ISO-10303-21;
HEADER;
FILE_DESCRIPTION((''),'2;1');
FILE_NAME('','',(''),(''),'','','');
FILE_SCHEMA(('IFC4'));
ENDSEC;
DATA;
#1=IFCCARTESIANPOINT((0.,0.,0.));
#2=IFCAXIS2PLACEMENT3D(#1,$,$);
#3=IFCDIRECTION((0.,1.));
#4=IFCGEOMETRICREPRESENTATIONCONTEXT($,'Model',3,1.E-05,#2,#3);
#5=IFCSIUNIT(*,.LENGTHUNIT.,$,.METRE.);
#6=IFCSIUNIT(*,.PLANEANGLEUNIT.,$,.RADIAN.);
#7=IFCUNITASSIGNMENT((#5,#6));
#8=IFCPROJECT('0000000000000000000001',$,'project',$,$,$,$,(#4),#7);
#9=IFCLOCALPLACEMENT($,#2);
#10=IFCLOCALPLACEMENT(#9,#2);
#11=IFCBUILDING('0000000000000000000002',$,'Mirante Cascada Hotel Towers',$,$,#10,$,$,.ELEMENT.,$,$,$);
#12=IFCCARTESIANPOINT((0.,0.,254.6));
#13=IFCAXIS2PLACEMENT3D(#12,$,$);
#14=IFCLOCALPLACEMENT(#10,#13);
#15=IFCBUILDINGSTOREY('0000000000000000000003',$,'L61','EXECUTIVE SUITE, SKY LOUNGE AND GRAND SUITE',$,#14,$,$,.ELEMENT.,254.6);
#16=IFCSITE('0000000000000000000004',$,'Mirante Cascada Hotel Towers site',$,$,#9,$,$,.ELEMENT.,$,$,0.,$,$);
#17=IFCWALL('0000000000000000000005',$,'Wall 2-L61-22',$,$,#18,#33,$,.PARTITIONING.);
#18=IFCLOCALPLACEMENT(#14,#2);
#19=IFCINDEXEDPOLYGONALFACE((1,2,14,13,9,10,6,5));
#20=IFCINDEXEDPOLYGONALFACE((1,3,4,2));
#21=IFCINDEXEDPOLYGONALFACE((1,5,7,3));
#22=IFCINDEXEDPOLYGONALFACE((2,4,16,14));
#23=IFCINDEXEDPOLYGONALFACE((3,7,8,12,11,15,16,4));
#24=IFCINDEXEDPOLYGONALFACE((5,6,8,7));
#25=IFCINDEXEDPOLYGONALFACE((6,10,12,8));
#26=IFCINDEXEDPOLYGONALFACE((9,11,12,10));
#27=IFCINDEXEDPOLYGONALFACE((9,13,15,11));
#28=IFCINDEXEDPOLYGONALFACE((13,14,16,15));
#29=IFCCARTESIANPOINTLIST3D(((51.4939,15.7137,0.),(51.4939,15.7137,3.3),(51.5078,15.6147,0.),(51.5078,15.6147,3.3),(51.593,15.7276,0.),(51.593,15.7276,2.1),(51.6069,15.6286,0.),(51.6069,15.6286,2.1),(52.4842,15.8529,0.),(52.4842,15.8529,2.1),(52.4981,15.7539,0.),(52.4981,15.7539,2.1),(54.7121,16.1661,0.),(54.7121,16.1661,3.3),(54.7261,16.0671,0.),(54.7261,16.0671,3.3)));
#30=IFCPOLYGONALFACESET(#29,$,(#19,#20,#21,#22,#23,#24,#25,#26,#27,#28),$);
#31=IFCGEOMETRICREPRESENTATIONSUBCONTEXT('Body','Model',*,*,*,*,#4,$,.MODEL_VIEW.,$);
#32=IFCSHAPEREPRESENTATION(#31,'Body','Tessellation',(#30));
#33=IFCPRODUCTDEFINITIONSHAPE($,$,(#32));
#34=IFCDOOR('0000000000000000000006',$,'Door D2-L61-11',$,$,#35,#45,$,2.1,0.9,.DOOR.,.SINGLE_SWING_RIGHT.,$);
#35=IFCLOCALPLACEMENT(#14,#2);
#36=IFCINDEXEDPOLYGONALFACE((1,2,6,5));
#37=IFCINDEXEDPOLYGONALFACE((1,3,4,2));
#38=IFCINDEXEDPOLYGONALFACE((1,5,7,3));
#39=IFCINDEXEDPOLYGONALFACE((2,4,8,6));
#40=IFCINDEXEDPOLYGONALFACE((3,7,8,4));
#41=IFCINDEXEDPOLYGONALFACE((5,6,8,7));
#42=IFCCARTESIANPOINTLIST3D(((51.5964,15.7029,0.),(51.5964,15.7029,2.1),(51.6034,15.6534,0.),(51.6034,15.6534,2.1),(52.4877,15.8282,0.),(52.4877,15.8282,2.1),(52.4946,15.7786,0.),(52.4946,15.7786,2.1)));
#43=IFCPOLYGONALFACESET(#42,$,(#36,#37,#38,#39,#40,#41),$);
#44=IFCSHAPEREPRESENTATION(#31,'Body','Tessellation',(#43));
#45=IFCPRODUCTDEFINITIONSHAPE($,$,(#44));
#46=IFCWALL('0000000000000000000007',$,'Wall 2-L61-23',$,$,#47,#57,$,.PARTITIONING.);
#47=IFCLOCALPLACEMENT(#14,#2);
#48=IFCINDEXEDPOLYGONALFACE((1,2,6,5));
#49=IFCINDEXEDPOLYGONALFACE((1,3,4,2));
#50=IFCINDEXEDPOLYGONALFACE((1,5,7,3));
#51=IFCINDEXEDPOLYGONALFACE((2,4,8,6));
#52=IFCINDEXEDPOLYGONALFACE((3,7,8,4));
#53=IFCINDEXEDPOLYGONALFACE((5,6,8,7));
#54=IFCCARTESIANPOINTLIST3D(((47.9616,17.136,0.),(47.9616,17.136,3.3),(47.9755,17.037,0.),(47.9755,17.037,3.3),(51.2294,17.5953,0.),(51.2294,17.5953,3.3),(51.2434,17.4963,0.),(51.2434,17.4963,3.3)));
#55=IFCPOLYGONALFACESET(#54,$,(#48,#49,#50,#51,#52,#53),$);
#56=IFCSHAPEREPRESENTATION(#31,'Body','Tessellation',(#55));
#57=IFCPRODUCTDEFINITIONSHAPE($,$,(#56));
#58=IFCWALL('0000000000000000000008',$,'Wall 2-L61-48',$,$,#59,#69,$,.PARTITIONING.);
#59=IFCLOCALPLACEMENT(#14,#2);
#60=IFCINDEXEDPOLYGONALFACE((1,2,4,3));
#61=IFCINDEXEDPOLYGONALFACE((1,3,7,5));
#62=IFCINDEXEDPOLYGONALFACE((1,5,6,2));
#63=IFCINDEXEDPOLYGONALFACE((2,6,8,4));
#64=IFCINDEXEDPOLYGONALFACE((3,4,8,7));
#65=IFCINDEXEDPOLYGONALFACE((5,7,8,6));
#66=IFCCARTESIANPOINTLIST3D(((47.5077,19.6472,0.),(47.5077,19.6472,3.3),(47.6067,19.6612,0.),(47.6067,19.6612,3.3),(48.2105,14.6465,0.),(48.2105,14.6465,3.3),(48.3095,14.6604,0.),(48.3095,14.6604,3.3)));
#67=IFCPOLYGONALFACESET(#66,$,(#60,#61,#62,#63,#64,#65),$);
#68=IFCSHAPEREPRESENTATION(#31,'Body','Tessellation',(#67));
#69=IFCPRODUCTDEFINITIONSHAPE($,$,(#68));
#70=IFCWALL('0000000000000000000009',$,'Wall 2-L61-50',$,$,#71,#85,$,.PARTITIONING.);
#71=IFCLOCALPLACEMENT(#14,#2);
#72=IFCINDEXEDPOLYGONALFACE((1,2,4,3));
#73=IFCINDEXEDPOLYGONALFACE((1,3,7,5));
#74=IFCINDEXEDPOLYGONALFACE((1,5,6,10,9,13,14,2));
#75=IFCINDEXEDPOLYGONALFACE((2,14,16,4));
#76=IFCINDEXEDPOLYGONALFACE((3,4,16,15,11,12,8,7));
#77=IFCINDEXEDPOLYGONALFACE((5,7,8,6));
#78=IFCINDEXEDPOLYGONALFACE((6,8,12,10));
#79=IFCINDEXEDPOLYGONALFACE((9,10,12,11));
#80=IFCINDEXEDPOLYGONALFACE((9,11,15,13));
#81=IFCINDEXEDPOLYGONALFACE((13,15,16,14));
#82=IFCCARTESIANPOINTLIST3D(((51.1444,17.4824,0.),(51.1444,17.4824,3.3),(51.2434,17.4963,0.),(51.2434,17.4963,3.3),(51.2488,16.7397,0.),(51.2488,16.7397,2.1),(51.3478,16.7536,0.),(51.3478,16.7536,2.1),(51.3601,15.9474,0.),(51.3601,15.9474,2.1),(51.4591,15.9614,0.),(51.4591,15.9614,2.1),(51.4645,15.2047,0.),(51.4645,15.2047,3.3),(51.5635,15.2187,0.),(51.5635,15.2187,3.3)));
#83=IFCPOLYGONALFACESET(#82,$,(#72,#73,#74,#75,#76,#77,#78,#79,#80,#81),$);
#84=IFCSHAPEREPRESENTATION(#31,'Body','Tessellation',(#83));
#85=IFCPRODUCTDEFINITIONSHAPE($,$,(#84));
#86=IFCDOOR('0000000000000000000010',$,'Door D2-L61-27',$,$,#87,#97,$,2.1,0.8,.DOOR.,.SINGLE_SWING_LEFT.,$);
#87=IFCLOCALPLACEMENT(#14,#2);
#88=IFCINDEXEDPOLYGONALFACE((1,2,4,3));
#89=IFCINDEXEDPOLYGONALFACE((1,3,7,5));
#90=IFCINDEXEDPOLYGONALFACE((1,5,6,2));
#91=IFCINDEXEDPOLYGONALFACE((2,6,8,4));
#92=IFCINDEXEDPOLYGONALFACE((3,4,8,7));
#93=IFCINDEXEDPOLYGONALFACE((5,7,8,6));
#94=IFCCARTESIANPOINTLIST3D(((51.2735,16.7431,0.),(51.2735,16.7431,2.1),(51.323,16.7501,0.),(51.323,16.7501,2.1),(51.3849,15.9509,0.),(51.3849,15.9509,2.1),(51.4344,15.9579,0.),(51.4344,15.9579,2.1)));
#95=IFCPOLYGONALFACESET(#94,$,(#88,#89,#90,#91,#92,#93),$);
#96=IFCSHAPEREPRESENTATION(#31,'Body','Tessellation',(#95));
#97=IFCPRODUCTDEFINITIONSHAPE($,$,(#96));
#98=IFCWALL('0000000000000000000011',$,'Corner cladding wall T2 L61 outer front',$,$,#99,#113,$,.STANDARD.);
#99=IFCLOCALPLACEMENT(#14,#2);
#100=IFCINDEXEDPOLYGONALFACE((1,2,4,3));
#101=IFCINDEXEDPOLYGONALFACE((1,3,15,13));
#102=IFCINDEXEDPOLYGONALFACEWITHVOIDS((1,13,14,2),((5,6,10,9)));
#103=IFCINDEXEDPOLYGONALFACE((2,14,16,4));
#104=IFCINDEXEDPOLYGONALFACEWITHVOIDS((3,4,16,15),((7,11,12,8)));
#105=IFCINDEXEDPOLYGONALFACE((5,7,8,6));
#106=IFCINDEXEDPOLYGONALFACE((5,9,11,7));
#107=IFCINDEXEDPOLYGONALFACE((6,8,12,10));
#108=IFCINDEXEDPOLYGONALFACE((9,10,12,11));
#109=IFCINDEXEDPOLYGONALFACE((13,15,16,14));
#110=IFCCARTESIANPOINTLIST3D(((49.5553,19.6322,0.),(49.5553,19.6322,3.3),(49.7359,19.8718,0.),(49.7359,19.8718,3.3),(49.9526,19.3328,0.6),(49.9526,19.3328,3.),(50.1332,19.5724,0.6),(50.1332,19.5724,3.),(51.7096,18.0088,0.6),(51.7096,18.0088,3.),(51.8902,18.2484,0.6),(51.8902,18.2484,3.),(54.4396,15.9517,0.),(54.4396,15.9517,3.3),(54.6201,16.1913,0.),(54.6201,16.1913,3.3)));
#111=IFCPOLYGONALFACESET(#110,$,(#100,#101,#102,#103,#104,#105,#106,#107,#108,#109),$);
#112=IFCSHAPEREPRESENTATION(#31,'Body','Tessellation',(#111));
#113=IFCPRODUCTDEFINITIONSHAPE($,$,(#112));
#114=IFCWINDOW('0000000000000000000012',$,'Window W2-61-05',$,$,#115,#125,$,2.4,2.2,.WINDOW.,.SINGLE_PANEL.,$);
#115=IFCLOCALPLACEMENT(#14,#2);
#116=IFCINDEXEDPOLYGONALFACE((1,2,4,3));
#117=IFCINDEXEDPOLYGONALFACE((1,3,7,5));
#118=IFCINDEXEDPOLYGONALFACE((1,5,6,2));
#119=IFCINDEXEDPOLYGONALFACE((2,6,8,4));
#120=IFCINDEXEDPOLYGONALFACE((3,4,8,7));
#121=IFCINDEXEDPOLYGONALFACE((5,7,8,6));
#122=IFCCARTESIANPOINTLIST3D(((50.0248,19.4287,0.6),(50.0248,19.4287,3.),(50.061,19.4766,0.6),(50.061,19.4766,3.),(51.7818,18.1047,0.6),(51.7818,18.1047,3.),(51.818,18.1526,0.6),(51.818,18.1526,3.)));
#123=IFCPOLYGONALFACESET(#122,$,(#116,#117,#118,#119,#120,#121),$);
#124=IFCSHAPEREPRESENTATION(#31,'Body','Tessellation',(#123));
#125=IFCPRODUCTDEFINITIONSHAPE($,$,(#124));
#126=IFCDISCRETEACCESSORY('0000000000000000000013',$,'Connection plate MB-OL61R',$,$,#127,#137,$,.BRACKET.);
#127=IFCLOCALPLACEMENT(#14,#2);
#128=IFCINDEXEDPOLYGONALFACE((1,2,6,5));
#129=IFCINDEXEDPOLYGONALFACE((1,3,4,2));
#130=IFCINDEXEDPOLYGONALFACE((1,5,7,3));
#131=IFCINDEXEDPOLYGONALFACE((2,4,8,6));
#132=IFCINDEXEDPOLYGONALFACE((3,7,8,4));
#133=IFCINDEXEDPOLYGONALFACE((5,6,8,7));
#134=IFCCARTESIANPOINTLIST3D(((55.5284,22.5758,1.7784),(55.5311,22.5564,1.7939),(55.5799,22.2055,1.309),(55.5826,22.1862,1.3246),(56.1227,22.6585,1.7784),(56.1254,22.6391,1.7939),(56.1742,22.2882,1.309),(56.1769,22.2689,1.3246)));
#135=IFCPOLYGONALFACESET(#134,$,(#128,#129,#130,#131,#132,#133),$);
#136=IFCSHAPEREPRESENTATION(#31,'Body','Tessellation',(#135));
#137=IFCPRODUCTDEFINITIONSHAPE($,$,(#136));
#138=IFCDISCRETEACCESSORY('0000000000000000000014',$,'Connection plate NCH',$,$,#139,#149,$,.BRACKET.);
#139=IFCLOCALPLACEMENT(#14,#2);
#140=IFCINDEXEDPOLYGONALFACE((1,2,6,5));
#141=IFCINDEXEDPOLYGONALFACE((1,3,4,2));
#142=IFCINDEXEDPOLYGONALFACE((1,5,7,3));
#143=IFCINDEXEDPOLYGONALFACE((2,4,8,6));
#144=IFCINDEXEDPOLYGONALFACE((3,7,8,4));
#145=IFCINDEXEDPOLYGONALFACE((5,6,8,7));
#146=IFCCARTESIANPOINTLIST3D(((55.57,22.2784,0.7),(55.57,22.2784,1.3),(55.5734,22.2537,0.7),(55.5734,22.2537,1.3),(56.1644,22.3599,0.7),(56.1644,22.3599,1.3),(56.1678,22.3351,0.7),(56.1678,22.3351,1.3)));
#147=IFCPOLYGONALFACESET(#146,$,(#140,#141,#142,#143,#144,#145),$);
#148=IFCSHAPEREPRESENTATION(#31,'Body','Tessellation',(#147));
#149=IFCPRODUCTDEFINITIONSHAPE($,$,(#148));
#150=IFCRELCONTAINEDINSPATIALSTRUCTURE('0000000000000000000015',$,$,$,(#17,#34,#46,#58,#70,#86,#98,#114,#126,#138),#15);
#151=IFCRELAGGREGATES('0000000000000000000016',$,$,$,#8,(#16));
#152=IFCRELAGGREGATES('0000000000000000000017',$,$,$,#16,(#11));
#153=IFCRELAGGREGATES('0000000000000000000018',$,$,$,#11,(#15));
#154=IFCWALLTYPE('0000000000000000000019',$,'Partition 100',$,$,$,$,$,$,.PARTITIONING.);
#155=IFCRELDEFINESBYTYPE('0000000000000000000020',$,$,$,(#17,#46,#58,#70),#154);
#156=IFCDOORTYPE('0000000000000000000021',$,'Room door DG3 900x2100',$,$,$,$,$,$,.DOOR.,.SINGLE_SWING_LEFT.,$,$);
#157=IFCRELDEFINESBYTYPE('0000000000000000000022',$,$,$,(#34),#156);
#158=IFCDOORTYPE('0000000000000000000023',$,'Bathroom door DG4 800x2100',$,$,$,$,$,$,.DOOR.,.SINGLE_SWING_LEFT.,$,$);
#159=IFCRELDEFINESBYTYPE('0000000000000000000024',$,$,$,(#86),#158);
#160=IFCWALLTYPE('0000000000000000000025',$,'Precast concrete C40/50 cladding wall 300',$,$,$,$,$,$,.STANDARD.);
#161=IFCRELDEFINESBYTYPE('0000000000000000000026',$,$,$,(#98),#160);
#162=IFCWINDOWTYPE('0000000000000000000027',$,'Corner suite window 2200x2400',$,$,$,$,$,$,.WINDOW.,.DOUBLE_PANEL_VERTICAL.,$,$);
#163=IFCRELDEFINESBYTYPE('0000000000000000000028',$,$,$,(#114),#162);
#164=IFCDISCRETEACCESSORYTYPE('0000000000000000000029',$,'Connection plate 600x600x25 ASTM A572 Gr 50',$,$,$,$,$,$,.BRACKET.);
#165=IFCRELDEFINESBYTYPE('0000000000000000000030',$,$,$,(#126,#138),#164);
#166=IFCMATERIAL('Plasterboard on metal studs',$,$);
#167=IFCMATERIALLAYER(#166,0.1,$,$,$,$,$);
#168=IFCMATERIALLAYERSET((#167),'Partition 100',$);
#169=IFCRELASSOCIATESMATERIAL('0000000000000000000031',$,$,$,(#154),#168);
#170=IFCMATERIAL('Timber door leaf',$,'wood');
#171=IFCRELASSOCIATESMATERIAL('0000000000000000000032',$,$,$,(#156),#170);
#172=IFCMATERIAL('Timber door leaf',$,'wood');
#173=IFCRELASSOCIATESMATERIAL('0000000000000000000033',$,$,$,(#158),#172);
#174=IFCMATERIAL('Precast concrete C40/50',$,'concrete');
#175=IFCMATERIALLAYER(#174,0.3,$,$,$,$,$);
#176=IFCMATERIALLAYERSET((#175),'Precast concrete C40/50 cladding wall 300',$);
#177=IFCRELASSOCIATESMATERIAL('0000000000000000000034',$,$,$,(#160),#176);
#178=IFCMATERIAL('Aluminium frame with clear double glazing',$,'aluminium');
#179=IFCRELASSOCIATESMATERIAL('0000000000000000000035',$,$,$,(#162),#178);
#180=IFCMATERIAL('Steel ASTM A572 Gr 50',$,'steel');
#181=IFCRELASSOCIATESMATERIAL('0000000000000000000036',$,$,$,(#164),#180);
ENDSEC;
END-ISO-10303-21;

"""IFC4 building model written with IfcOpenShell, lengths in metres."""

from ifc_helpers import new_model, si_unit, direction, frame, frame_2d, origin, origin_2d, place, context, subcontext, project, spatial, rectangle, extrude, material, layer, layer_set, material_profile, profile_set, type_object, element, fill, save


model = new_model("IFC4")

# Units and contexts
model_context = context("Model", 3, precision=1e-05, world=origin(), true_north=direction((0.0, 1.0)))
body_context = subcontext(model_context, "Body", "Model", "MODEL_VIEW")
ifc_project = project(units=[si_unit("LENGTHUNIT", "METRE"), si_unit("PLANEANGLEUNIT", "RADIAN")], contexts=[model_context])

# Site, building, storey
site_placement = place(None, origin())
site = spatial("IfcSite", under=ifc_project, at=site_placement, Name="Mirante Cascada Hotel Towers site", CompositionType="ELEMENT", RefElevation=0.0)
building_placement = place(site_placement, origin())
building = spatial("IfcBuilding", under=site, at=building_placement, Name="Mirante Cascada Hotel Towers", CompositionType="ELEMENT")
storey_placement = place(building_placement, frame((0.0, 0.0, 254.6)))
storey = spatial("IfcBuildingStorey", under=building, at=storey_placement, Name="L61", Description="EXECUTIVE SUITE, SKY LOUNGE AND GRAND SUITE", CompositionType="ELEMENT", Elevation=254.6)

# Shared definitions
ifc_material_1 = material(Name="Plasterboard on metal studs")
ifc_layer_1 = layer(ifc_material_1, 0.1)
ifc_layer_set_1 = layer_set([ifc_layer_1], Name="Partition 100")
wall_type_1 = type_object("IfcWallType", Name="Partition 100", PredefinedType="PARTITIONING", material=ifc_layer_set_1)

# Wall, opening, door
wall_1_placement = place(storey_placement, frame((51.5009, 15.6642, 0.0), z_axis=(0.0, 0.0, 1.0), x_axis=(0.990264, 0.139203, 0.0)))
wall_1 = element("IfcWall", 1, at=wall_1_placement, inside=storey, type_object=wall_type_1, Name="Wall 2-L61-22", PredefinedType="PARTITIONING", context=body_context, shape_type="SweptSolid", body=[
    extrude(rectangle(XDim=3.2499, YDim=0.1, at=frame_2d((1.6249, 0.0))), origin(), (0.0, 0.0, 1.0), 3.3),
])
opening_1_placement = place(wall_1_placement, frame((0.1, 0.0, 0.0)))
opening_1 = element("IfcOpeningElement", 2, at=opening_1_placement, cuts=wall_1, PredefinedType="OPENING", context=body_context, shape_type="SweptSolid", body=[
    extrude(rectangle(XDim=0.9, YDim=2.1, at=frame_2d((0.45, 1.05))), frame((0.0, 0.05, 0.0), z_axis=(0.0, -1.0, 0.0), x_axis=(1.0, 0.0, 0.0)), (0.0, 0.0, 1.0), 0.1),
])
ifc_material_2 = material(Name="Timber door leaf", Category="wood")
door_type_1 = type_object("IfcDoorType", Name="Room door DG3 900x2100", OperationType="SINGLE_SWING_LEFT", PredefinedType="DOOR", material=ifc_material_2)
door_1_placement = place(opening_1_placement, frame((0.9, 0.0, 0.0), z_axis=(0.0, 0.0, 1.0), x_axis=(-1.0, 0.0, 0.0)))
door_1 = element("IfcDoor", 3, at=door_1_placement, inside=storey, type_object=door_type_1, Name="Door D2-L61-11", OperationType="SINGLE_SWING_RIGHT", OverallHeight=2.1, OverallWidth=0.9, PredefinedType="DOOR", context=body_context, shape_type="SweptSolid", body=[
    extrude(rectangle(XDim=0.9, YDim=2.1, at=frame_2d((0.45, 1.05))), frame((0.0, 0.025, 0.0), z_axis=(0.0, -1.0, 0.0), x_axis=(1.0, 0.0, 0.0)), (0.0, 0.0, 1.0), 0.05),
])
fill(opening_1, door_1)

# Walls
wall_2_placement = place(storey_placement, frame((51.2364, 17.5458, 0.0), z_axis=(0.0, 0.0, 1.0), x_axis=(-0.990267, -0.139181, 0.0)))
element("IfcWall", 4, at=wall_2_placement, inside=storey, type_object=wall_type_1, Name="Wall 2-L61-23", PredefinedType="PARTITIONING", context=body_context, shape_type="SweptSolid", body=[
    extrude(rectangle(XDim=3.3, YDim=0.1, at=frame_2d((1.65, 0.0))), origin(), (0.0, 0.0, 1.0), 3.3),
])
wall_3_placement = place(storey_placement, frame((48.26, 14.6534, 0.0), z_axis=(0.0, 0.0, 1.0), x_axis=(-0.13917, 0.990268, 0.0)))
element("IfcWall", 5, at=wall_3_placement, inside=storey, type_object=wall_type_1, Name="Wall 2-L61-48", PredefinedType="PARTITIONING", context=body_context, shape_type="SweptSolid", body=[
    extrude(rectangle(XDim=5.0499, YDim=0.1, at=frame_2d((2.525, 0.0))), origin(), (0.0, 0.0, 1.0), 3.3),
])

# Wall, opening, door
wall_4_placement = place(storey_placement, frame((51.514, 15.2117, 0.0), z_axis=(0.0, 0.0, 1.0), x_axis=(-0.139175, 0.990268, 0.0)))
wall_4 = element("IfcWall", 6, at=wall_4_placement, inside=storey, type_object=wall_type_1, Name="Wall 2-L61-50", PredefinedType="PARTITIONING", context=body_context, shape_type="SweptSolid", body=[
    extrude(rectangle(XDim=2.3, YDim=0.1, at=frame_2d((1.15, 0.0))), origin(), (0.0, 0.0, 1.0), 3.3),
])
opening_2_placement = place(wall_4_placement, frame((0.75, 0.0, 0.0)))
opening_2 = element("IfcOpeningElement", 7, at=opening_2_placement, cuts=wall_4, PredefinedType="OPENING", context=body_context, shape_type="SweptSolid", body=[
    extrude(rectangle(XDim=0.8, YDim=2.1, at=frame_2d((0.4, 1.05))), frame((0.0, 0.05, 0.0), z_axis=(0.0, -1.0, 0.0), x_axis=(1.0, 0.0, 0.0)), (0.0, 0.0, 1.0), 0.1),
])
ifc_material_3 = material(Name="Timber door leaf", Category="wood")
door_type_2 = type_object("IfcDoorType", Name="Bathroom door DG4 800x2100", OperationType="SINGLE_SWING_LEFT", PredefinedType="DOOR", material=ifc_material_3)
door_2_placement = place(opening_2_placement, origin())
door_2 = element("IfcDoor", 8, at=door_2_placement, inside=storey, type_object=door_type_2, Name="Door D2-L61-27", OperationType="SINGLE_SWING_LEFT", OverallHeight=2.1, OverallWidth=0.8, PredefinedType="DOOR", context=body_context, shape_type="SweptSolid", body=[
    extrude(rectangle(XDim=0.8, YDim=2.1, at=frame_2d((0.4, 1.05))), frame((0.0, 0.025, 0.0), z_axis=(0.0, -1.0, 0.0), x_axis=(1.0, 0.0, 0.0)), (0.0, 0.0, 1.0), 0.05),
])
fill(opening_2, door_2)

# Wall, opening, window
ifc_material_4 = material(Name="Precast concrete C40/50", Category="concrete")
ifc_layer_2 = layer(ifc_material_4, 0.3)
ifc_layer_set_2 = layer_set([ifc_layer_2], Name="Precast concrete C40/50 cladding wall 300")
wall_type_2 = type_object("IfcWallType", Name="Precast concrete C40/50 cladding wall 300", PredefinedType="STANDARD", material=ifc_layer_set_2)
wall_5_placement = place(storey_placement, frame((54.5298, 16.0715, 0.0), z_axis=(0.0, 0.0, 1.0), x_axis=(-0.798636, 0.601814, 0.0)))
wall_5 = element("IfcWall", 9, at=wall_5_placement, inside=storey, type_object=wall_type_2, Name="Corner cladding wall T2 L61 outer front", PredefinedType="STANDARD", context=body_context, shape_type="SweptSolid", body=[
    extrude(rectangle(XDim=6.1157, YDim=0.3, at=frame_2d((3.0578, 0.0))), origin(), (0.0, 0.0, 1.0), 3.3),
])
opening_3_placement = place(wall_5_placement, frame((3.4182, 0.0, 0.6)))
opening_3 = element("IfcOpeningElement", 10, at=opening_3_placement, cuts=wall_5, PredefinedType="OPENING", context=body_context, shape_type="SweptSolid", body=[
    extrude(rectangle(XDim=2.2, YDim=2.4, at=frame_2d((1.1, 1.2))), frame((0.0, 0.15, 0.0), z_axis=(0.0, -1.0, 0.0), x_axis=(1.0, 0.0, 0.0)), (0.0, 0.0, 1.0), 0.3),
])
ifc_material_5 = material(Name="Aluminium frame with clear double glazing", Category="aluminium")
window_type = type_object("IfcWindowType", Name="Corner suite window 2200x2400", PartitioningType="DOUBLE_PANEL_VERTICAL", PredefinedType="WINDOW", material=ifc_material_5)
window_placement = place(opening_3_placement, origin())
window = element("IfcWindow", 11, at=window_placement, inside=storey, type_object=window_type, Name="Window W2-61-05", OverallHeight=2.4, OverallWidth=2.2, PartitioningType="SINGLE_PANEL", PredefinedType="WINDOW", context=body_context, shape_type="SweptSolid", body=[
    extrude(rectangle(XDim=2.2, YDim=2.4, at=frame_2d((1.1, 1.2))), frame((0.0, 0.03, 0.0), z_axis=(0.0, -1.0, 0.0), x_axis=(1.0, 0.0, 0.0)), (0.0, 0.0, 1.0), 0.06),
])
fill(opening_3, window)

# Discrete accessories
ifc_material_6 = material(Name="Steel ASTM A572 Gr 50", Category="steel")
ifc_material_profile_1 = material_profile(ifc_material_6, rectangle(XDim=0.6, YDim=0.6, at=origin_2d()), Name="Connection plate 600x600x25 ASTM A572 Gr 50")
ifc_profile_set_1 = profile_set([ifc_material_profile_1], Name="Steel ASTM A572 Gr 50")
discrete_accessory_type = type_object("IfcDiscreteAccessoryType", Name="Connection plate 600x600x25 ASTM A572 Gr 50", PredefinedType="BRACKET", material=ifc_profile_set_1)
for number, where, z_axis, x_axis, name in (
    (12, (55.8513, 22.432, 1.5437), (0.107827, -0.774755, 0.622999), (0.990454, 0.137847, 0.0), "Connection plate MB-OL61R"),
    (13, (55.8706, 22.2944, 1.0), (-0.135826, 0.990733, 0.0), (-0.990733, -0.135826, 0.0), "Connection plate NCH"),
):
    element("IfcDiscreteAccessory", number, at=place(storey_placement, frame(where, z_axis=z_axis, x_axis=x_axis)), inside=storey, type_object=discrete_accessory_type, Name=name, PredefinedType="BRACKET", context=body_context, shape_type="SweptSolid", body=[
        extrude(rectangle(XDim=0.6, YDim=0.6, at=origin_2d()), origin(), (0.0, 0.0, 1.0), 0.025),
    ])

save(model, "model.ifc")
